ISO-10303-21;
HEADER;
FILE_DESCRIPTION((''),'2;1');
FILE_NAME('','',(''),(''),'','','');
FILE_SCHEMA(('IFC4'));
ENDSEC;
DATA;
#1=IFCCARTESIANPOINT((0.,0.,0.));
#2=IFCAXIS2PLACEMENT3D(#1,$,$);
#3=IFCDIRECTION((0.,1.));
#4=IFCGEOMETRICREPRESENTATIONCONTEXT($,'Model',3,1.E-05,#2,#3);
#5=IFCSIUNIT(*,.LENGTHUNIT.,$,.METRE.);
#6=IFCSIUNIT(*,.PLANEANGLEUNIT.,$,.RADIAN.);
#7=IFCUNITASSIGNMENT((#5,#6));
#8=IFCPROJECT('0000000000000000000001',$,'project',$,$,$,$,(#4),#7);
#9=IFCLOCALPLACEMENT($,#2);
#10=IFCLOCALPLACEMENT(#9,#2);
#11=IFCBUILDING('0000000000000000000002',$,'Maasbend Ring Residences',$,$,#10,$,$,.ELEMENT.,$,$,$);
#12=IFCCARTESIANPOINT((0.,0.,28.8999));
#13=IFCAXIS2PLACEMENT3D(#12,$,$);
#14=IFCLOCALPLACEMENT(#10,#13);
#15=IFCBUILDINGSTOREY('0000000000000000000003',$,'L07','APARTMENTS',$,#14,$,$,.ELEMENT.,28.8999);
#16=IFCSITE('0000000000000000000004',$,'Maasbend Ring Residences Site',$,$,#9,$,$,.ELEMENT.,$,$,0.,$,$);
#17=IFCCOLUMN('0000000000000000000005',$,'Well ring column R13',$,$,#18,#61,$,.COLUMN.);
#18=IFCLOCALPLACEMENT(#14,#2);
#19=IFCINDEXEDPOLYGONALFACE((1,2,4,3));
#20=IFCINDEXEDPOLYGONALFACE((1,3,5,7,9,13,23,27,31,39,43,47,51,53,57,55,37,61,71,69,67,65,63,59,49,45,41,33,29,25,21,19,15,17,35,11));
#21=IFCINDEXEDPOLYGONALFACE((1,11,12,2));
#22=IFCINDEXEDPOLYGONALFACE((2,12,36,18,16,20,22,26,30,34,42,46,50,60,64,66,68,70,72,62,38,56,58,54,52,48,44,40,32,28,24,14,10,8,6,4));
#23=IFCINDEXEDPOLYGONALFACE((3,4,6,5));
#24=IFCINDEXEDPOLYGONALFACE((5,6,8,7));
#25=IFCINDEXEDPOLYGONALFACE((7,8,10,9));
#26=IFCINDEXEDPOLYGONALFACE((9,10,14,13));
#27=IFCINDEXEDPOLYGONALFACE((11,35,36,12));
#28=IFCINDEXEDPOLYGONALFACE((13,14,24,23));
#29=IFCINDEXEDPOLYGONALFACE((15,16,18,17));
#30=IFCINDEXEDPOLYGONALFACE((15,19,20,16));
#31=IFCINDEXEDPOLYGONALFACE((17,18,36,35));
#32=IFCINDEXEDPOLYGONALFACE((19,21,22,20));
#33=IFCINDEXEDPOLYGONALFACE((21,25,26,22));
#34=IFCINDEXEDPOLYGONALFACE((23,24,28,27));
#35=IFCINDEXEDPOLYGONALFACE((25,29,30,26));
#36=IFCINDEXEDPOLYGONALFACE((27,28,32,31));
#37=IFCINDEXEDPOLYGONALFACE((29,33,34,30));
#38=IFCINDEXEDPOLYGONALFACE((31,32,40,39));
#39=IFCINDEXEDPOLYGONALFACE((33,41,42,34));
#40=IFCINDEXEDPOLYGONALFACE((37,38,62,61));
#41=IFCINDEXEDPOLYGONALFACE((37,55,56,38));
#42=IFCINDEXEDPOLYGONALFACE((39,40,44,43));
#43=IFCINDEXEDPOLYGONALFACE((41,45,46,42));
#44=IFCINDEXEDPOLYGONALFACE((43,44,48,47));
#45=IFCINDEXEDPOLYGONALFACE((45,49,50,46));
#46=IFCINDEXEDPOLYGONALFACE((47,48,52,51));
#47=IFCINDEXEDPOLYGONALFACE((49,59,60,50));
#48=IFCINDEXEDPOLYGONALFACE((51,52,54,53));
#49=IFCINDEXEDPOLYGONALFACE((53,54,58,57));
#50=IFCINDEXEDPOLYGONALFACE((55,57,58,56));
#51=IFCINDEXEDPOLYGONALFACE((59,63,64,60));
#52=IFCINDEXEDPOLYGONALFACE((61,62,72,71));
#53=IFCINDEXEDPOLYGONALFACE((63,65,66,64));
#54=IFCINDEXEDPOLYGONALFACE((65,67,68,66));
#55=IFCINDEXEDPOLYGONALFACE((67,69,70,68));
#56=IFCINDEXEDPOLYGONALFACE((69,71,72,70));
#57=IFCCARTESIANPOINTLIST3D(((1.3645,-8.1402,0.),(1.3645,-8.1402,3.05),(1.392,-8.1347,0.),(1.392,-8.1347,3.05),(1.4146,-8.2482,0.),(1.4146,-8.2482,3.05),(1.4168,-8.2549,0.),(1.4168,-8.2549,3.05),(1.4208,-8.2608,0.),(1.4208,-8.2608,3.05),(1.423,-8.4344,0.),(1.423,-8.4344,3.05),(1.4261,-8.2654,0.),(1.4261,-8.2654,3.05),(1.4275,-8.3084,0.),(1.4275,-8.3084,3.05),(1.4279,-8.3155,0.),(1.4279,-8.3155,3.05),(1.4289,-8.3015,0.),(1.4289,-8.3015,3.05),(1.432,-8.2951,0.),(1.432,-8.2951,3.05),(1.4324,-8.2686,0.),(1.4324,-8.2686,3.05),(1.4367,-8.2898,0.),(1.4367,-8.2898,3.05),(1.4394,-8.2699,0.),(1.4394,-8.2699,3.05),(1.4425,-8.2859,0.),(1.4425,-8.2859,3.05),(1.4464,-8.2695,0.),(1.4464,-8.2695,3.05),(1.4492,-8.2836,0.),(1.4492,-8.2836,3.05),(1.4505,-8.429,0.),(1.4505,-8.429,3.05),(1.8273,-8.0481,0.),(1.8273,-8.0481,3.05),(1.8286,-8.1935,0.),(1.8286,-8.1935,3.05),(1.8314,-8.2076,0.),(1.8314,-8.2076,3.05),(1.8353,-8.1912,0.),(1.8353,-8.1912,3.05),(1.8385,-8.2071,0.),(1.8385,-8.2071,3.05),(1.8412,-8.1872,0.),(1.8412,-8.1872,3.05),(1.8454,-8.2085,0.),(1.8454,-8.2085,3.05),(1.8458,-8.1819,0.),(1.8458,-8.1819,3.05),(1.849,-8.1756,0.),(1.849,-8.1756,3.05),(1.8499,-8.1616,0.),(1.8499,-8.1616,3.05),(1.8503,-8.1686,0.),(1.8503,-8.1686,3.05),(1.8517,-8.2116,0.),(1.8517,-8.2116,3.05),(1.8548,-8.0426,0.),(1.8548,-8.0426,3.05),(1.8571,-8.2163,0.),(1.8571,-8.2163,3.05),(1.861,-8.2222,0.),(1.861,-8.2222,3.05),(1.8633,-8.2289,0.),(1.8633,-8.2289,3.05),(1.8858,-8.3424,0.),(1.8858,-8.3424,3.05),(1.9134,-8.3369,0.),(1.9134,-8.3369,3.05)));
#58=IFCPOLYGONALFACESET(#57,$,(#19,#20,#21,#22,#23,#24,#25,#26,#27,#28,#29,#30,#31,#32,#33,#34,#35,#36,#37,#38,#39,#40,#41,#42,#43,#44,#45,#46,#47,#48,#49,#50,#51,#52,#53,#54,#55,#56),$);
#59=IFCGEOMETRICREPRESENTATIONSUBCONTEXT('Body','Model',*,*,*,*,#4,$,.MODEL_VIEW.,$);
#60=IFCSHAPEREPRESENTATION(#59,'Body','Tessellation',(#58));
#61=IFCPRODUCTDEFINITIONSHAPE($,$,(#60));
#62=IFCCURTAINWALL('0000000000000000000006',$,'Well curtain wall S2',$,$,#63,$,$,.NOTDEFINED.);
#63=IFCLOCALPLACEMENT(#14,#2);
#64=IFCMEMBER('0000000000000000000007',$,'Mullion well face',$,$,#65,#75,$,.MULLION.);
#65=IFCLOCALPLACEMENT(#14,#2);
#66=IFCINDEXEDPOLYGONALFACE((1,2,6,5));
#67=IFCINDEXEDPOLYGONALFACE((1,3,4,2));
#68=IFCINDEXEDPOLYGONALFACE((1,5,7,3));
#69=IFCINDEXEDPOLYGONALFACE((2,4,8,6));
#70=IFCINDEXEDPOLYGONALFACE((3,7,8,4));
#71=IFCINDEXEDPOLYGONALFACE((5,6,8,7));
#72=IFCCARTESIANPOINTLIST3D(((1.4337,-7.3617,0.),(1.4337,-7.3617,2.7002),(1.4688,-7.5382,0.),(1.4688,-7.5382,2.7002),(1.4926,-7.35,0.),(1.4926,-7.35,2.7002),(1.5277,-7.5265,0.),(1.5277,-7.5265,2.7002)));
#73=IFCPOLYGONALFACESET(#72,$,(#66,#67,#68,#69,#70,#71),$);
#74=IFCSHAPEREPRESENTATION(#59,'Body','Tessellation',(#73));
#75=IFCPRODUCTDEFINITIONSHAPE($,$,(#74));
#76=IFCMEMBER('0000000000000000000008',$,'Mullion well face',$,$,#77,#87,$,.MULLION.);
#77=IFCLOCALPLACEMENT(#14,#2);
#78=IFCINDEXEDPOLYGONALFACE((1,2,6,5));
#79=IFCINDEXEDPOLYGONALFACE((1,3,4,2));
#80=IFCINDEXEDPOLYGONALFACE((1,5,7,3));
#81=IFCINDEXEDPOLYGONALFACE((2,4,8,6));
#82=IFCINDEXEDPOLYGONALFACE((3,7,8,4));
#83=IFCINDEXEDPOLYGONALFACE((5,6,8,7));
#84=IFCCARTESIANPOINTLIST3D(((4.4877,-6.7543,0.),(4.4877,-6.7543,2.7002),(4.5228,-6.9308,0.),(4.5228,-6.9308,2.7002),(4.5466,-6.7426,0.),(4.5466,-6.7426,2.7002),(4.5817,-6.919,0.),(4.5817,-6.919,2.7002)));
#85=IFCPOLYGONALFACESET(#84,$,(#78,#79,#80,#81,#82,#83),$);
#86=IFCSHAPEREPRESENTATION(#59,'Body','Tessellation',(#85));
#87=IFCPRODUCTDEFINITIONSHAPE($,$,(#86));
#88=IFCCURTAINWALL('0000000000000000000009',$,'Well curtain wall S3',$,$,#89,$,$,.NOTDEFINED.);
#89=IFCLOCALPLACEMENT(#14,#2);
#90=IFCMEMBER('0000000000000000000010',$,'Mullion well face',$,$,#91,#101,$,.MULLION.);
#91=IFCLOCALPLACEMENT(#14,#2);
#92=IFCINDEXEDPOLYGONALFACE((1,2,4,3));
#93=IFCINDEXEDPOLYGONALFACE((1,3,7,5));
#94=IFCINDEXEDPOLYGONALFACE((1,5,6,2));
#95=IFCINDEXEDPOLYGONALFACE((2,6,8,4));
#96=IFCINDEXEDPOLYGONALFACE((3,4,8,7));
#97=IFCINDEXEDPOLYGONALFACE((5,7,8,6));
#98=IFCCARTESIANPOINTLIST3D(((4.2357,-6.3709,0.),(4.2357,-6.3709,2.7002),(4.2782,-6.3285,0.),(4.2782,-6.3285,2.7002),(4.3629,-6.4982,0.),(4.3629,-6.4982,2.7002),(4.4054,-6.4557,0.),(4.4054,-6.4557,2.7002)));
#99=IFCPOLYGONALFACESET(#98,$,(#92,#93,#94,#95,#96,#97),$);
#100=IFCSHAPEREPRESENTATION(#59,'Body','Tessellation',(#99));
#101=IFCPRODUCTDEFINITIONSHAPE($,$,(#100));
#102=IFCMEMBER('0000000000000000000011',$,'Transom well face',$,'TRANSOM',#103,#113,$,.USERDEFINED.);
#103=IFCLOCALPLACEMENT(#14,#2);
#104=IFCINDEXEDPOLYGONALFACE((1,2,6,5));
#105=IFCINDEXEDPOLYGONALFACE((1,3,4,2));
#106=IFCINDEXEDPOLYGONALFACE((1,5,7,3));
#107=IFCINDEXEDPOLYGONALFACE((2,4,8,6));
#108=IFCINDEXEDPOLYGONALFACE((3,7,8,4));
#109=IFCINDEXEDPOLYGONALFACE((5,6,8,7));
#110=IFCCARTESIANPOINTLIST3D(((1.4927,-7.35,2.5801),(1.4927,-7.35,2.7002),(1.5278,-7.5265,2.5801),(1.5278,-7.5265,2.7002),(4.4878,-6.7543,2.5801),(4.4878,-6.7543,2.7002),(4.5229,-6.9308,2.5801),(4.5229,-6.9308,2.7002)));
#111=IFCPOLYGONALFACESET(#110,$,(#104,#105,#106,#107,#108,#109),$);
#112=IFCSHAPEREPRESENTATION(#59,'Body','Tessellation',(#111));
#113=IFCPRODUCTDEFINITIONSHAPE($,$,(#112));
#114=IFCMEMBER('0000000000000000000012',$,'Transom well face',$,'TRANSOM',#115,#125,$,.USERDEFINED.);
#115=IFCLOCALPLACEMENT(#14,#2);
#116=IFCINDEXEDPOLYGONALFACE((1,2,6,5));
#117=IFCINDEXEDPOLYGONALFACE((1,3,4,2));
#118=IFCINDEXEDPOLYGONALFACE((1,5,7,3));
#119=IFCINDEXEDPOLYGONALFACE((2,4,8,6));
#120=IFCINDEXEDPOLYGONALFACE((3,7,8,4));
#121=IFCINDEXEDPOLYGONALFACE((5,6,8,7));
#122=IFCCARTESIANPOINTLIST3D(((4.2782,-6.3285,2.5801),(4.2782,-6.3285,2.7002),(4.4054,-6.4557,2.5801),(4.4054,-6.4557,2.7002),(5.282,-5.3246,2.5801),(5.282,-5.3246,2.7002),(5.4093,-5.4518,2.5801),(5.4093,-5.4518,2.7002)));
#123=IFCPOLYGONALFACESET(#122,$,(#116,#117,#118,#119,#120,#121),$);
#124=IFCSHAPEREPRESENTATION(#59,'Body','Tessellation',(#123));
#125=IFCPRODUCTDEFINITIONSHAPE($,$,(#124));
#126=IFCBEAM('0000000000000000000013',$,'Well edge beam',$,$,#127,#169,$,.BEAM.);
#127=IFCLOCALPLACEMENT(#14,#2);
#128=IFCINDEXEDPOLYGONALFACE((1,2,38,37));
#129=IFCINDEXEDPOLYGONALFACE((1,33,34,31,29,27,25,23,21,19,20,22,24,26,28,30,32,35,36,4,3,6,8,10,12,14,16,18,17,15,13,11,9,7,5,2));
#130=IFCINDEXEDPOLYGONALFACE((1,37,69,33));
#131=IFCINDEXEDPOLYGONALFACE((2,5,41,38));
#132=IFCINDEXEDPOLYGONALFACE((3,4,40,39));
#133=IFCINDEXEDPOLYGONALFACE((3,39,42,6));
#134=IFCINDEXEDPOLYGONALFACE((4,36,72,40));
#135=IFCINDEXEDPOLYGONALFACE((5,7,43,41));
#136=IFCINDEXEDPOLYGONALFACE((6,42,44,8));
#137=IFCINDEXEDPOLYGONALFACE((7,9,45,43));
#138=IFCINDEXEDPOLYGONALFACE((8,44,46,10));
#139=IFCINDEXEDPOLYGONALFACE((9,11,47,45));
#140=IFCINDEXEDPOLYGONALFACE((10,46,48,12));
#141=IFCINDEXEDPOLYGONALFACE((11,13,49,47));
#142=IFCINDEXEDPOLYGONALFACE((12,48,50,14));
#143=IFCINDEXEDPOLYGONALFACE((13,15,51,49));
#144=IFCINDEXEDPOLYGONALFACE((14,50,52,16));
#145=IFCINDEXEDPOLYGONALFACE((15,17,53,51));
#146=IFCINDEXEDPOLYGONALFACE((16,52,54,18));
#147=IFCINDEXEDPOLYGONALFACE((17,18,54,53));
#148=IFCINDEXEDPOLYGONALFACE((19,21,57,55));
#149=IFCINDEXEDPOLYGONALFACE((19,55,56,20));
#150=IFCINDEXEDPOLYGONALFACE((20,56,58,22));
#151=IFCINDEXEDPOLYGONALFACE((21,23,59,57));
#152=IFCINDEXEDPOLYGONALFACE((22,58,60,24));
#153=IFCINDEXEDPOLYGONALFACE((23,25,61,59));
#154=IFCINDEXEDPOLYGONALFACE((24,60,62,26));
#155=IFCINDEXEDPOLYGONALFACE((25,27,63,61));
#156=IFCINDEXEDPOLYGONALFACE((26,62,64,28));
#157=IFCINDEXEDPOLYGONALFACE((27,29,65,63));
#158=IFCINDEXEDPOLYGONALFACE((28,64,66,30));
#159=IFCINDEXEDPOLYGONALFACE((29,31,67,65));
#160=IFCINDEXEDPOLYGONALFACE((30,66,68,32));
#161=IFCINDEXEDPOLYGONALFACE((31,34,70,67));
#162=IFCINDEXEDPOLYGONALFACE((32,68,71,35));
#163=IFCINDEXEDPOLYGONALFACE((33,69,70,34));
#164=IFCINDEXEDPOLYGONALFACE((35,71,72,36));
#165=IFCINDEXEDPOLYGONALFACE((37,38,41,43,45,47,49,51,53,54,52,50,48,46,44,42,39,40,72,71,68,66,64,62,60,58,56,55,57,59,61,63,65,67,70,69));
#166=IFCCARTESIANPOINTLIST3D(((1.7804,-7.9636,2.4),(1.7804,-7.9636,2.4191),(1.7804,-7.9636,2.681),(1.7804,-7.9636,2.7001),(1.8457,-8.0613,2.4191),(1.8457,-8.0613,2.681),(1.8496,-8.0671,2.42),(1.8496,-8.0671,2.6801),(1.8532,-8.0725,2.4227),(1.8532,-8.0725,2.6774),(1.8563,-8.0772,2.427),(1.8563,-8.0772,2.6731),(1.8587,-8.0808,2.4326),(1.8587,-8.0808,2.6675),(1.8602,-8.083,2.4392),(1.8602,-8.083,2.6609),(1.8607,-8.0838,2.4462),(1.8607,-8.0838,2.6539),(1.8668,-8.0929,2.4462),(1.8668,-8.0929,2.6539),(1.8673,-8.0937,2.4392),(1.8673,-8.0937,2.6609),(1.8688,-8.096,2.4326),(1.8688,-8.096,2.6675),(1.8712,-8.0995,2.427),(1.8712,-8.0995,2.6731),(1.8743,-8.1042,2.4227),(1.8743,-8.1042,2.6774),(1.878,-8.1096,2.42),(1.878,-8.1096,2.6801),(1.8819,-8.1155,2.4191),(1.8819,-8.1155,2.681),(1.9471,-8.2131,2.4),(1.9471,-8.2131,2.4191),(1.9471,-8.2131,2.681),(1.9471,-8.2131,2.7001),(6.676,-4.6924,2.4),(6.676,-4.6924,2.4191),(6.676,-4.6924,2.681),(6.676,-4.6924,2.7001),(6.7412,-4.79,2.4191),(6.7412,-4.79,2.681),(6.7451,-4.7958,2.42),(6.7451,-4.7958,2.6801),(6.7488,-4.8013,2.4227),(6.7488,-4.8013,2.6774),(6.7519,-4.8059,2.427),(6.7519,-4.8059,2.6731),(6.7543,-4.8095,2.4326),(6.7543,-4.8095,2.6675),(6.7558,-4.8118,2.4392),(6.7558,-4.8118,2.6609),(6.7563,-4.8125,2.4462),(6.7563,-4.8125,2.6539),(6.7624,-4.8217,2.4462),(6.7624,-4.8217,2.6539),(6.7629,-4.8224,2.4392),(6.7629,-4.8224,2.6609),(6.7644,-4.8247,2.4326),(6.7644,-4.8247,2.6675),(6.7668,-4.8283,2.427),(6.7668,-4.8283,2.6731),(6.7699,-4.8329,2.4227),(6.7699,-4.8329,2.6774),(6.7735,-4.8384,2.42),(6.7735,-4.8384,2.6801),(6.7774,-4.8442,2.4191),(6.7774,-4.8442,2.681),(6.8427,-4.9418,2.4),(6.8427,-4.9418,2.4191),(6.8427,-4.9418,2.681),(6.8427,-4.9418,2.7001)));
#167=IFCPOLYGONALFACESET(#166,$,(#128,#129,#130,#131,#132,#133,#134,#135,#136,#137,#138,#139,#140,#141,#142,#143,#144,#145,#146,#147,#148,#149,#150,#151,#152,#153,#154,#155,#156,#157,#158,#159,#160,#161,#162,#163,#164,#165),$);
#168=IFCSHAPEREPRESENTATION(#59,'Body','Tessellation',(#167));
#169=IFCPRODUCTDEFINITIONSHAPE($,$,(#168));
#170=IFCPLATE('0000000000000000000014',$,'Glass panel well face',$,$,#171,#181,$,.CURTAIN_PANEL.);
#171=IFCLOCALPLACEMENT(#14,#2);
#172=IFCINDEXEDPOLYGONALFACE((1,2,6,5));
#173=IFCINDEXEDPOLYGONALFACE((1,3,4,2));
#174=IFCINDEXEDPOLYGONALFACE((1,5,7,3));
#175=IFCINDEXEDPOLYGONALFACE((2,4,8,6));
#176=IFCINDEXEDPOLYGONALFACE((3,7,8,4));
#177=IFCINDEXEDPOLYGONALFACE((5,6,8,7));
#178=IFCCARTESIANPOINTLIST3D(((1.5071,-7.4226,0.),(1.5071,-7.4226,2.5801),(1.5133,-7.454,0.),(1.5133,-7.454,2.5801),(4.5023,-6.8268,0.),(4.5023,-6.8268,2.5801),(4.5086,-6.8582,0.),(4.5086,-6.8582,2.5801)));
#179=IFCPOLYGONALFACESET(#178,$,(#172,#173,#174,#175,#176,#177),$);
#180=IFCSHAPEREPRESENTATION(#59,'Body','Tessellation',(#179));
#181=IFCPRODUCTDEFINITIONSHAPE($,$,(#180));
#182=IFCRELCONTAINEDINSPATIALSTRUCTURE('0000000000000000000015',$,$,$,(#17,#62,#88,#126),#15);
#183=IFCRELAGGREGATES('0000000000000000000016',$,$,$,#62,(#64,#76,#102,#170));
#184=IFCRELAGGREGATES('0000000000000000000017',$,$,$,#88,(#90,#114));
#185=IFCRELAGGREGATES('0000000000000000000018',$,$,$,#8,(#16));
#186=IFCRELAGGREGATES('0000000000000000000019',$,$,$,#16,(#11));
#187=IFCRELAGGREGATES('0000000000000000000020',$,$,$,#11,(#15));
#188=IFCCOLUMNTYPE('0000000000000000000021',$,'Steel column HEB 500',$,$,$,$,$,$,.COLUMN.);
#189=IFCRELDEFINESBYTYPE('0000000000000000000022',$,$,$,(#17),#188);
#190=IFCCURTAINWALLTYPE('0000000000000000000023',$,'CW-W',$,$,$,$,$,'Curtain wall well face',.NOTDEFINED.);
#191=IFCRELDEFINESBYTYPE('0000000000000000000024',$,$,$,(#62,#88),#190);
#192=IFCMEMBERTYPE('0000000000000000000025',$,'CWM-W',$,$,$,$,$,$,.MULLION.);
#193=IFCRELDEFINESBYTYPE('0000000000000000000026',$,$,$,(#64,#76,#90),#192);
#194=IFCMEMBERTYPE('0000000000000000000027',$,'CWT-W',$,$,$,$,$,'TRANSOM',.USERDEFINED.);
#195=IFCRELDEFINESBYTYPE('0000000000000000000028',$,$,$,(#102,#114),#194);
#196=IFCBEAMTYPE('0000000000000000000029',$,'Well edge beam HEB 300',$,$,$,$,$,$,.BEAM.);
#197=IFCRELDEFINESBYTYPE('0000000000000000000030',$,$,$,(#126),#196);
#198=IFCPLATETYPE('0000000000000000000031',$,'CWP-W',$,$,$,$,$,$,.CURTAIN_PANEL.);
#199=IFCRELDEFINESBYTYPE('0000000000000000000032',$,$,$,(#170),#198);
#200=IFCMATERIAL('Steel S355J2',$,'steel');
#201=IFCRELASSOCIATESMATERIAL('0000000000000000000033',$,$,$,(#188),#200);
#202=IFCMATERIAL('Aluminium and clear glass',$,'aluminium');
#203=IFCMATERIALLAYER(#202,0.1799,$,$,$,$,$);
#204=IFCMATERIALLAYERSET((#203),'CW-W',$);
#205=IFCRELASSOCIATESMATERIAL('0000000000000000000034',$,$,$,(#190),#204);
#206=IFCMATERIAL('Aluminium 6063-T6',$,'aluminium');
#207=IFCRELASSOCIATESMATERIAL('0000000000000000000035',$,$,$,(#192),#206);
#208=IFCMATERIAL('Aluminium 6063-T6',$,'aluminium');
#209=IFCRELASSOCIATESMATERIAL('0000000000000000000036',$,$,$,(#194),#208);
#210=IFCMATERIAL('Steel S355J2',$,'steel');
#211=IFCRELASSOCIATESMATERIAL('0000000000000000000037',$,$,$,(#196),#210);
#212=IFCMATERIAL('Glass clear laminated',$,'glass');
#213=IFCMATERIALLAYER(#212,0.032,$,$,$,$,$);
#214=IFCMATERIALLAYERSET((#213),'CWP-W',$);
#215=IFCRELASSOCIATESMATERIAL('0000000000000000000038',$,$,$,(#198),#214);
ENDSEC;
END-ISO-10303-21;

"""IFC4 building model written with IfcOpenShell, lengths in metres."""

from ifc_helpers import new_model, si_unit, direction, frame, origin, origin_2d, place, context, subcontext, project, spatial, rectangle, i_section, extrude, material, layer, layer_set, material_profile, profile_set, type_object, element, aggregate, save


model = new_model("IFC4")

# Units and contexts
model_context = context("Model", 3, precision=1e-05, world=origin(), true_north=direction((0.0, 1.0)))
body_context = subcontext(model_context, "Body", "Model", "MODEL_VIEW")
ifc_project = project(units=[si_unit("LENGTHUNIT", "METRE"), si_unit("PLANEANGLEUNIT", "RADIAN")], contexts=[model_context])

# Site, building, storey
site_placement = place(None, origin())
site = spatial("IfcSite", under=ifc_project, at=site_placement, Name="Maasbend Ring Residences Site", CompositionType="ELEMENT", RefElevation=0.0)
building_placement = place(site_placement, origin())
building = spatial("IfcBuilding", under=site, at=building_placement, Name="Maasbend Ring Residences", CompositionType="ELEMENT")
storey_placement = place(building_placement, frame((0.0, 0.0, 28.8999)))
storey = spatial("IfcBuildingStorey", under=building, at=storey_placement, Name="L07", Description="APARTMENTS", CompositionType="ELEMENT", Elevation=28.8999)

# Column
ifc_material_1 = material(Name="Steel S355J2", Category="steel")
ifc_material_profile_1 = material_profile(ifc_material_1, i_section(OverallWidth=0.3, OverallDepth=0.5, WebThickness=0.0144, FlangeThickness=0.0281, FilletRadius=0.0271, at=origin_2d()), Name="HEB 500")
ifc_profile_set_1 = profile_set([ifc_material_profile_1], Name="Steel S355J2")
column_type = type_object("IfcColumnType", Name="Steel column HEB 500", PredefinedType="COLUMN", material=ifc_profile_set_1)
column_placement = place(storey_placement, frame((1.6389, -8.2385, 0.0), z_axis=(0.0, 0.0, 1.0), x_axis=(0.19509, -0.980785, 0.0)))
element("IfcColumn", 1, at=column_placement, inside=storey, type_object=column_type, Name="Well ring column R13", PredefinedType="COLUMN", context=body_context, shape_type="SweptSolid", body=[
    extrude(i_section(OverallWidth=0.3, OverallDepth=0.5, WebThickness=0.0144, FlangeThickness=0.0281, FilletRadius=0.0271, at=origin_2d()), origin(), (0.0, 0.0, 1.0), 3.05),
])

# Curtain wall, members
ifc_material_2 = material(Name="Aluminium and clear glass", Category="aluminium")
ifc_layer_1 = layer(ifc_material_2, 0.1799)
ifc_layer_set_1 = layer_set([ifc_layer_1], Name="CW-W")
curtain_wall_type = type_object("IfcCurtainWallType", Name="CW-W", ElementType="Curtain wall well face", PredefinedType="NOTDEFINED", material=ifc_layer_set_1)
curtain_wall_1_placement = place(storey_placement, origin())
curtain_wall_1 = element("IfcCurtainWall", 2, at=curtain_wall_1_placement, inside=storey, type_object=curtain_wall_type, Name="Well curtain wall S2", PredefinedType="NOTDEFINED")
ifc_material_3 = material(Name="Aluminium 6063-T6", Category="aluminium")
ifc_material_profile_2 = material_profile(ifc_material_3, rectangle(XDim=0.1799, YDim=0.0601, at=origin_2d()), Name="AL 180x60")
ifc_profile_set_2 = profile_set([ifc_material_profile_2], Name="Aluminium 6063-T6")
member_type_1 = type_object("IfcMemberType", Name="CWM-W", PredefinedType="MULLION", material=ifc_profile_set_2)
member_1_placement = place(storey_placement, frame((1.4807, -7.4441, 0.0), z_axis=(0.0, 0.0, 1.0), x_axis=(-0.19509, 0.980785, 0.0)))
member_1 = element("IfcMember", 3, at=member_1_placement, type_object=member_type_1, Name="Mullion well face", PredefinedType="MULLION", context=body_context, shape_type="SweptSolid", body=[
    extrude(rectangle(XDim=0.1799, YDim=0.0601, at=origin_2d()), origin(), (0.0, 0.0, 1.0), 2.7002),
])
member_2_placement = place(storey_placement, frame((4.5347, -6.8367, 0.0), z_axis=(0.0, 0.0, 1.0), x_axis=(-0.19509, 0.980785, 0.0)))
member_2 = element("IfcMember", 4, at=member_2_placement, type_object=member_type_1, Name="Mullion well face", PredefinedType="MULLION", context=body_context, shape_type="SweptSolid", body=[
    extrude(rectangle(XDim=0.1799, YDim=0.0601, at=origin_2d()), origin(), (0.0, 0.0, 1.0), 2.7002),
])

# Curtain wall, member
curtain_wall_2_placement = place(storey_placement, origin())
curtain_wall_2 = element("IfcCurtainWall", 5, at=curtain_wall_2_placement, inside=storey, type_object=curtain_wall_type, Name="Well curtain wall S3", PredefinedType="NOTDEFINED")
member_3_placement = place(storey_placement, frame((4.3206, -6.4133, 0.0), z_axis=(0.0, 0.0, 1.0), x_axis=(-0.707107, 0.707107, 0.0)))
member_3 = element("IfcMember", 6, at=member_3_placement, type_object=member_type_1, Name="Mullion well face", PredefinedType="MULLION", context=body_context, shape_type="SweptSolid", body=[
    extrude(rectangle(XDim=0.1799, YDim=0.0601, at=origin_2d()), origin(), (0.0, 0.0, 1.0), 2.7002),
])

# Members
ifc_material_4 = material(Name="Aluminium 6063-T6", Category="aluminium")
ifc_material_profile_3 = material_profile(ifc_material_4, rectangle(XDim=0.1799, YDim=0.1201, at=origin_2d()), Name="AL 180x120")
ifc_profile_set_3 = profile_set([ifc_material_profile_3], Name="Aluminium 6063-T6")
member_type_2 = type_object("IfcMemberType", Name="CWT-W", ElementType="TRANSOM", PredefinedType="USERDEFINED", material=ifc_profile_set_3)
member_4_placement = place(storey_placement, frame((1.5103, -7.4382, 2.6401), z_axis=(0.980789, 0.195071, 0.0), x_axis=(-0.195071, 0.980789, 0.0)))
member_4 = element("IfcMember", 7, at=member_4_placement, type_object=member_type_2, Name="Transom well face", ObjectType="TRANSOM", PredefinedType="USERDEFINED", context=body_context, shape_type="SweptSolid", body=[
    extrude(rectangle(XDim=0.1799, YDim=0.1201, at=origin_2d()), origin(), (0.0, 0.0, 1.0), 3.0537),
])
member_5_placement = place(storey_placement, frame((4.3418, -6.3921, 2.6401), z_axis=(0.707107, 0.707107, 0.0), x_axis=(-0.707107, 0.707107, 0.0)))
member_5 = element("IfcMember", 8, at=member_5_placement, type_object=member_type_2, Name="Transom well face", ObjectType="TRANSOM", PredefinedType="USERDEFINED", context=body_context, shape_type="SweptSolid", body=[
    extrude(rectangle(XDim=0.1799, YDim=0.1201, at=origin_2d()), origin(), (0.0, 0.0, 1.0), 1.4197),
])

# Beam
ifc_material_5 = material(Name="Steel S355J2", Category="steel")
ifc_material_profile_4 = material_profile(ifc_material_5, i_section(OverallWidth=0.3, OverallDepth=0.3, WebThickness=0.011, FlangeThickness=0.019, FilletRadius=0.0271, at=origin_2d()), Name="HEB 300")
ifc_profile_set_4 = profile_set([ifc_material_profile_4], Name="Steel S355J2")
beam_type = type_object("IfcBeamType", Name="Well edge beam HEB 300", PredefinedType="BEAM", material=ifc_profile_set_4)
beam_placement = place(storey_placement, frame((1.8638, -8.0884, 2.55), z_axis=(0.831457, 0.55559, 0.0), x_axis=(-0.55559, 0.831457, 0.0)))
element("IfcBeam", 9, at=beam_placement, inside=storey, type_object=beam_type, Name="Well edge beam", PredefinedType="BEAM", context=body_context, shape_type="SweptSolid", body=[
    extrude(i_section(OverallWidth=0.3, OverallDepth=0.3, WebThickness=0.011, FlangeThickness=0.019, FilletRadius=0.0271, at=origin_2d()), origin(), (0.0, 0.0, 1.0), 5.8879),
])

# Plate
ifc_material_6 = material(Name="Glass clear laminated", Category="glass")
ifc_layer_2 = layer(ifc_material_6, 0.032)
ifc_layer_set_2 = layer_set([ifc_layer_2], Name="CWP-W")
plate_type = type_object("IfcPlateType", Name="CWP-W", PredefinedType="CURTAIN_PANEL", material=ifc_layer_set_2)
plate_1_placement = place(storey_placement, frame((3.0078, -7.1404, 0.0), z_axis=(0.0, 0.0, 1.0), x_axis=(0.980785, 0.19509, 0.0)))
plate_1 = element("IfcPlate", 10, at=plate_1_placement, type_object=plate_type, Name="Glass panel well face", PredefinedType="CURTAIN_PANEL", context=body_context, shape_type="SweptSolid", body=[
    extrude(rectangle(XDim=3.054, YDim=0.032, at=origin_2d()), origin(), (0.0, 0.0, 1.0), 2.5801),
])
aggregate(curtain_wall_1, [member_1, member_2, member_4, plate_1])
aggregate(curtain_wall_2, [member_3, member_5])

save(model, "model.ifc")
